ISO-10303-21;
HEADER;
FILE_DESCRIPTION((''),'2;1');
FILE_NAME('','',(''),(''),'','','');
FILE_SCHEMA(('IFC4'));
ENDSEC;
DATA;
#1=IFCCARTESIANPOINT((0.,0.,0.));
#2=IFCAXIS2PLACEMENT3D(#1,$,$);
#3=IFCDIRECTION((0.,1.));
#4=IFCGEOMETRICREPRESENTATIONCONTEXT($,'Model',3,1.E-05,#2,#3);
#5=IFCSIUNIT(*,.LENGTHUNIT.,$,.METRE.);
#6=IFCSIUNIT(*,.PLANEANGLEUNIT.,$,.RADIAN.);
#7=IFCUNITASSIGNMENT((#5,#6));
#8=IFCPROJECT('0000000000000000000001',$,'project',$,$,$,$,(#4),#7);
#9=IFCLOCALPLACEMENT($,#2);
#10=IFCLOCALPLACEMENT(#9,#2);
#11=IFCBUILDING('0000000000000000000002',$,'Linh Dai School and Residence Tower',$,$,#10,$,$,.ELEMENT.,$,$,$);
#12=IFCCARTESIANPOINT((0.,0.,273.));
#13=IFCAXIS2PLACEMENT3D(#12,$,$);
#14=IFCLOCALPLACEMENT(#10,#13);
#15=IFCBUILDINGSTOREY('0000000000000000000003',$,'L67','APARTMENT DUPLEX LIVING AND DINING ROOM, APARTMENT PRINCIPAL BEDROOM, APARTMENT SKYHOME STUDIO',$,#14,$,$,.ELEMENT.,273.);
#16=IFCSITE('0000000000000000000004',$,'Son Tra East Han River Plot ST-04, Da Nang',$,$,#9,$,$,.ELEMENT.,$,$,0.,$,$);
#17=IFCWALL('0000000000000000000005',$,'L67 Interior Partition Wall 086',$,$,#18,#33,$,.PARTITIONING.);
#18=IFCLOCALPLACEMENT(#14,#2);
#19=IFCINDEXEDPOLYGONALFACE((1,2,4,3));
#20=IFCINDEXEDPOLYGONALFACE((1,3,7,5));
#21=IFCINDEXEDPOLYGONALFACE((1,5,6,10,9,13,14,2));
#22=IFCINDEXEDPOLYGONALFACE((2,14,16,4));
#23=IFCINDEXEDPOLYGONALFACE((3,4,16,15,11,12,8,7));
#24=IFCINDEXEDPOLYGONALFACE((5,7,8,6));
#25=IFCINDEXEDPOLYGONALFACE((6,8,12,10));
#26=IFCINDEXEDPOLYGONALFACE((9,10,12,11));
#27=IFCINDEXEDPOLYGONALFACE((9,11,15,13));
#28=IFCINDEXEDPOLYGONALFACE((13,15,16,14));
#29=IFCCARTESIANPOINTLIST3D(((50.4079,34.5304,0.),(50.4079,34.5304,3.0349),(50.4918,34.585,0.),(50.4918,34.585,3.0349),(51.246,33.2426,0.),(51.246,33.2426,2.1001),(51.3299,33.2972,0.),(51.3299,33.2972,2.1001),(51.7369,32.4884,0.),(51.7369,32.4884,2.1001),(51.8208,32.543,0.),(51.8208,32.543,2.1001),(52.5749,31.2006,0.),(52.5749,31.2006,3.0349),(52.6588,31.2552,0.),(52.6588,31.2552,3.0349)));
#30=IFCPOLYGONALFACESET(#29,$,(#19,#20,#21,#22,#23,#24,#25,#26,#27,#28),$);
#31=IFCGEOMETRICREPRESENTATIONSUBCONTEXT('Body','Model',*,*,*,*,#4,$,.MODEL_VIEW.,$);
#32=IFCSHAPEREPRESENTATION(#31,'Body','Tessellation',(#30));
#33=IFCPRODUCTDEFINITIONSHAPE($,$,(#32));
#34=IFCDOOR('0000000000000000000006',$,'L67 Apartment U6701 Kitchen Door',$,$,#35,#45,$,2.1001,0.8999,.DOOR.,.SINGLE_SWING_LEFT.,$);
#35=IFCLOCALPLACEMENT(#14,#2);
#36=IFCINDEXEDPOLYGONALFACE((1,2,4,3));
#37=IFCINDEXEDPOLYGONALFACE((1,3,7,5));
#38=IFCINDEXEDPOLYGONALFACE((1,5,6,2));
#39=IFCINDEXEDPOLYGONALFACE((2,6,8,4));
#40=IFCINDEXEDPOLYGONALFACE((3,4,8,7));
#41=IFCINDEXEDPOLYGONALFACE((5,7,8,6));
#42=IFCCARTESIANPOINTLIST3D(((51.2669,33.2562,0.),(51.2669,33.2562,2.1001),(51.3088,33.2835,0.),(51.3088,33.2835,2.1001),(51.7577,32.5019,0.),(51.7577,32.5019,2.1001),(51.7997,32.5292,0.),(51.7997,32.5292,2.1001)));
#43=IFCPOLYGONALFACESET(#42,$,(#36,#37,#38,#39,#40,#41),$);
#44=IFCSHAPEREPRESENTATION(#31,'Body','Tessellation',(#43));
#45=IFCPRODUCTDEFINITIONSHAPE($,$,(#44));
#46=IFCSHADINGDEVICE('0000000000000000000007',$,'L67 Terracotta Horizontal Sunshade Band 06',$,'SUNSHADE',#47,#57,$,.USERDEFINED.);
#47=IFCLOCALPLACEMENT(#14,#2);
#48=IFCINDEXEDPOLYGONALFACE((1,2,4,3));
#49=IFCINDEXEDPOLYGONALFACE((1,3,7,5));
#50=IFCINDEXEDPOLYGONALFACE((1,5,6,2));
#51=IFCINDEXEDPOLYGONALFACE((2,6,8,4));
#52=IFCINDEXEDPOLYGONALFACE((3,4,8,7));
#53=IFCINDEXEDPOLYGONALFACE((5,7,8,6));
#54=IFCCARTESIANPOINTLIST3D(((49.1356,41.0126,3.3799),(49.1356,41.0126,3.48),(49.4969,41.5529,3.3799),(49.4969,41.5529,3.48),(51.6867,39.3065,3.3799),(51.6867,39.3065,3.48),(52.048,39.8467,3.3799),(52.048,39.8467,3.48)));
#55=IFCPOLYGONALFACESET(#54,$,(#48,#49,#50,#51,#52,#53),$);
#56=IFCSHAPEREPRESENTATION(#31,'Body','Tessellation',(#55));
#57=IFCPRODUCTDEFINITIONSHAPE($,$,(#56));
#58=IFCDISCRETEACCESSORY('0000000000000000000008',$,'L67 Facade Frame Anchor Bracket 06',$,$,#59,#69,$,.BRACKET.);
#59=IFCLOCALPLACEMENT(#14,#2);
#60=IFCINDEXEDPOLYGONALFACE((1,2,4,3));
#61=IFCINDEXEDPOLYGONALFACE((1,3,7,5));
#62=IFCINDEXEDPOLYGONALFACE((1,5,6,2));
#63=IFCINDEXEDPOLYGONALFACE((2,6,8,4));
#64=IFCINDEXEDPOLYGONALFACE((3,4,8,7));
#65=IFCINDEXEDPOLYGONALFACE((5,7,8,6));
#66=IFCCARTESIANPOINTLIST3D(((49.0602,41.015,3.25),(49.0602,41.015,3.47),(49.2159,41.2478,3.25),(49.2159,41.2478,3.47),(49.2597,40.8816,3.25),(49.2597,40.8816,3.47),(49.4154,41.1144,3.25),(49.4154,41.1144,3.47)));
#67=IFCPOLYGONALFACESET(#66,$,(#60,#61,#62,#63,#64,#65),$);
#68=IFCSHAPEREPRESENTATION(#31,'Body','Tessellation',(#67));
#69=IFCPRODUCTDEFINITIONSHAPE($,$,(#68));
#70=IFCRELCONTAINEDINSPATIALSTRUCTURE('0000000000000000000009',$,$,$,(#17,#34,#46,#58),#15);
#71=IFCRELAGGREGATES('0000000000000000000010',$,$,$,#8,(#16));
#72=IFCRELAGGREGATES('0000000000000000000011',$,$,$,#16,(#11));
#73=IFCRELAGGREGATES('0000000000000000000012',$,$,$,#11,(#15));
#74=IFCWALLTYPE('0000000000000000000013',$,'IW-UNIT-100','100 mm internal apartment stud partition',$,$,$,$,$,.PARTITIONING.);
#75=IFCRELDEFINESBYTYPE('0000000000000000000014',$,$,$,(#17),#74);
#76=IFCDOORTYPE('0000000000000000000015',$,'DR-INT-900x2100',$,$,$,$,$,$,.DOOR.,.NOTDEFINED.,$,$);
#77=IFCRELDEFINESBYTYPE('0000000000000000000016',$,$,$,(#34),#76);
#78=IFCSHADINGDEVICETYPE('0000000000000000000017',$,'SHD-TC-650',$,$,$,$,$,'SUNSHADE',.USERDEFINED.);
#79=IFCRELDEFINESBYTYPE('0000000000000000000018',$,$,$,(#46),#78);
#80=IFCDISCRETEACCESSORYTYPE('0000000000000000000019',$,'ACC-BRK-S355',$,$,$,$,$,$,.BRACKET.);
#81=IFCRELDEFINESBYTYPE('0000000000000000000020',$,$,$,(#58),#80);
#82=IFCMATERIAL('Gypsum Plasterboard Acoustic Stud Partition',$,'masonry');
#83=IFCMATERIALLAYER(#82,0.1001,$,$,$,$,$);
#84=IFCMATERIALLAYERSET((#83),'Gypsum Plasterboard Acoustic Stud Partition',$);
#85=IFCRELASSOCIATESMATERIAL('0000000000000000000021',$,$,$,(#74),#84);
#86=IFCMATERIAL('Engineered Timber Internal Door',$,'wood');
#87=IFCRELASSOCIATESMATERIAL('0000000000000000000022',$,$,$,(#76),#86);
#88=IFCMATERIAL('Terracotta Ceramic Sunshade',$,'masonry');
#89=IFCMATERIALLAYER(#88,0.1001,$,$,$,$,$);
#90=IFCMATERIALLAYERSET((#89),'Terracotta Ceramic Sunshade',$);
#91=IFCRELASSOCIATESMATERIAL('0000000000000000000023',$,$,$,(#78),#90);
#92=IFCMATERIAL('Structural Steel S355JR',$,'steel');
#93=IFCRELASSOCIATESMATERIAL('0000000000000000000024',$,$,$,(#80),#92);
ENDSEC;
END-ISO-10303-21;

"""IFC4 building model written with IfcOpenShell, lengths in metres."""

from ifc_helpers import new_model, si_unit, direction, frame, frame_2d, origin, origin_2d, place, context, subcontext, project, spatial, rectangle, extrude, source, transform, mapped, material, layer, layer_set, type_object, element, fill, save


model = new_model("IFC4")

# Units and contexts
model_context = context("Model", 3, precision=1e-05, world=origin(), true_north=direction((0.0, 1.0)))
body_context = subcontext(model_context, "Body", "Model", "MODEL_VIEW")
ifc_project = project(units=[si_unit("LENGTHUNIT", "METRE"), si_unit("PLANEANGLEUNIT", "RADIAN")], contexts=[model_context])

# Site, building, storey
site_placement = place(None, origin())
site = spatial("IfcSite", under=ifc_project, at=site_placement, Name="Son Tra East Han River Plot ST-04, Da Nang", CompositionType="ELEMENT", RefElevation=0.0)
building_placement = place(site_placement, origin())
building = spatial("IfcBuilding", under=site, at=building_placement, Name="Linh Dai School and Residence Tower", CompositionType="ELEMENT")
storey_placement = place(building_placement, frame((0.0, 0.0, 273.0)))
storey = spatial("IfcBuildingStorey", under=building, at=storey_placement, Name="L67", Description="APARTMENT DUPLEX LIVING AND DINING ROOM, APARTMENT PRINCIPAL BEDROOM, APARTMENT SKYHOME STUDIO", CompositionType="ELEMENT", Elevation=273.0)

# Shared definitions
ifc_material_1 = material(Name="Structural Steel S355JR", Category="steel")

# Shared definitions
ifc_material_2 = material(Name="Gypsum Plasterboard Acoustic Stud Partition", Category="masonry")
ifc_layer_1 = layer(ifc_material_2, 0.1001)
ifc_layer_set_1 = layer_set([ifc_layer_1], Name="Gypsum Plasterboard Acoustic Stud Partition")
wall_type_1 = type_object("IfcWallType", Name="IW-UNIT-100", Description="100 mm internal apartment stud partition", PredefinedType="PARTITIONING", material=ifc_layer_set_1)

# Wall, opening, door
wall_1_placement = place(storey_placement, frame((50.45, 34.5576, 0.0), z_axis=(0.0, 0.0, 1.0), x_axis=(0.545448, -0.838144, 0.0)))
wall_1 = element("IfcWall", 1, at=wall_1_placement, inside=storey, type_object=wall_type_1, Name="L67 Interior Partition Wall 086", PredefinedType="PARTITIONING", context=body_context, shape_type="SweptSolid", body=[
    extrude(rectangle(XDim=3.9729, YDim=0.1001, at=frame_2d((1.9863, 0.0))), origin(), (0.0, 0.0, 1.0), 3.0349),
])
opening_1_placement = place(wall_1_placement, frame((1.5364, 0.0, 0.0)))
opening_1 = element("IfcOpeningElement", 2, at=opening_1_placement, cuts=wall_1, PredefinedType="OPENING", context=body_context, shape_type="SweptSolid", body=[
    extrude(rectangle(XDim=0.8999, YDim=2.1001, at=origin_2d()), frame((0.45, 0.0601, 1.05), z_axis=(0.0, -1.0, 0.0), x_axis=(1.0, 0.0, 0.0)), (0.0, 0.0, 1.0), 0.1201),
])
ifc_material_3 = material(Name="Engineered Timber Internal Door", Category="wood")
door_type = type_object("IfcDoorType", Name="DR-INT-900x2100", OperationType="NOTDEFINED", PredefinedType="DOOR", material=ifc_material_3)
shared_shape_1 = source(origin(), body_context, "Body", "SweptSolid", [
    extrude(rectangle(XDim=0.8999, YDim=2.1001, at=origin_2d()), frame((0.45, 0.0249, 1.05), z_axis=(0.0, -1.0, 0.0), x_axis=(1.0, 0.0, 0.0)), (0.0, 0.0, 1.0), 0.05),
])
door_placement = place(opening_1_placement, origin())
door = element("IfcDoor", 3, at=door_placement, inside=storey, type_object=door_type, Name="L67 Apartment U6701 Kitchen Door", OperationType="SINGLE_SWING_LEFT", OverallHeight=2.1001, OverallWidth=0.8999, PredefinedType="DOOR", context=body_context, shape_type="MappedRepresentation", body=[
    mapped(shared_shape_1, transform((0.0, 0.0, 0.0), x_axis=(1.0, 0.0, 0.0), y_axis=(0.0, 1.0, 0.0), z_axis=(0.0, 0.0, 1.0), scale=1.0)),
])
fill(opening_1, door)

# Shading device
ifc_material_4 = material(Name="Terracotta Ceramic Sunshade", Category="masonry")
ifc_layer_2 = layer(ifc_material_4, 0.1001)
ifc_layer_set_2 = layer_set([ifc_layer_2], Name="Terracotta Ceramic Sunshade")
shading_device_type = type_object("IfcShadingDeviceType", Name="SHD-TC-650", ElementType="SUNSHADE", PredefinedType="USERDEFINED", material=ifc_layer_set_2)
shared_shape_2 = source(origin(), body_context, "Body", "SweptSolid", [
    extrude(rectangle(XDim=3.0691, YDim=0.6499, at=origin_2d()), origin(), (0.0, 0.0, 1.0), 0.1001),
])
shading_device_placement = place(storey_placement, frame((50.5918, 40.4297, 3.3799), z_axis=(0.0, 0.0, 1.0), x_axis=(0.831244, -0.555908, 0.0)))
element("IfcShadingDevice", 4, at=shading_device_placement, inside=storey, type_object=shading_device_type, Name="L67 Terracotta Horizontal Sunshade Band 06", ObjectType="SUNSHADE", PredefinedType="USERDEFINED", context=body_context, shape_type="MappedRepresentation", body=[
    mapped(shared_shape_2, transform((0.0, 0.0, 0.0), x_axis=(1.0, 0.0, 0.0), y_axis=(0.0, 1.0, 0.0), z_axis=(0.0, 0.0, 1.0), scale=1.0)),
])

# Discrete accessory
discrete_accessory_type = type_object("IfcDiscreteAccessoryType", Name="ACC-BRK-S355", PredefinedType="BRACKET", material=ifc_material_1)
shared_shape_3 = source(origin(), body_context, "Body", "SweptSolid", [
    extrude(rectangle(XDim=0.28, YDim=0.24, at=origin_2d()), origin(), (0.0, 0.0, 1.0), 0.22),
])
discrete_accessory_placement = place(storey_placement, frame((49.2378, 41.0647, 3.25), z_axis=(0.0, 0.0, 1.0), x_axis=(0.555908, 0.831244, 0.0)))
element("IfcDiscreteAccessory", 5, at=discrete_accessory_placement, inside=storey, type_object=discrete_accessory_type, Name="L67 Facade Frame Anchor Bracket 06", PredefinedType="BRACKET", context=body_context, shape_type="MappedRepresentation", body=[
    mapped(shared_shape_3, transform((0.0, 0.0, 0.0), x_axis=(1.0, 0.0, 0.0), y_axis=(0.0, 1.0, 0.0), z_axis=(0.0, 0.0, 1.0), scale=1.0)),
])

save(model, "model.ifc")
